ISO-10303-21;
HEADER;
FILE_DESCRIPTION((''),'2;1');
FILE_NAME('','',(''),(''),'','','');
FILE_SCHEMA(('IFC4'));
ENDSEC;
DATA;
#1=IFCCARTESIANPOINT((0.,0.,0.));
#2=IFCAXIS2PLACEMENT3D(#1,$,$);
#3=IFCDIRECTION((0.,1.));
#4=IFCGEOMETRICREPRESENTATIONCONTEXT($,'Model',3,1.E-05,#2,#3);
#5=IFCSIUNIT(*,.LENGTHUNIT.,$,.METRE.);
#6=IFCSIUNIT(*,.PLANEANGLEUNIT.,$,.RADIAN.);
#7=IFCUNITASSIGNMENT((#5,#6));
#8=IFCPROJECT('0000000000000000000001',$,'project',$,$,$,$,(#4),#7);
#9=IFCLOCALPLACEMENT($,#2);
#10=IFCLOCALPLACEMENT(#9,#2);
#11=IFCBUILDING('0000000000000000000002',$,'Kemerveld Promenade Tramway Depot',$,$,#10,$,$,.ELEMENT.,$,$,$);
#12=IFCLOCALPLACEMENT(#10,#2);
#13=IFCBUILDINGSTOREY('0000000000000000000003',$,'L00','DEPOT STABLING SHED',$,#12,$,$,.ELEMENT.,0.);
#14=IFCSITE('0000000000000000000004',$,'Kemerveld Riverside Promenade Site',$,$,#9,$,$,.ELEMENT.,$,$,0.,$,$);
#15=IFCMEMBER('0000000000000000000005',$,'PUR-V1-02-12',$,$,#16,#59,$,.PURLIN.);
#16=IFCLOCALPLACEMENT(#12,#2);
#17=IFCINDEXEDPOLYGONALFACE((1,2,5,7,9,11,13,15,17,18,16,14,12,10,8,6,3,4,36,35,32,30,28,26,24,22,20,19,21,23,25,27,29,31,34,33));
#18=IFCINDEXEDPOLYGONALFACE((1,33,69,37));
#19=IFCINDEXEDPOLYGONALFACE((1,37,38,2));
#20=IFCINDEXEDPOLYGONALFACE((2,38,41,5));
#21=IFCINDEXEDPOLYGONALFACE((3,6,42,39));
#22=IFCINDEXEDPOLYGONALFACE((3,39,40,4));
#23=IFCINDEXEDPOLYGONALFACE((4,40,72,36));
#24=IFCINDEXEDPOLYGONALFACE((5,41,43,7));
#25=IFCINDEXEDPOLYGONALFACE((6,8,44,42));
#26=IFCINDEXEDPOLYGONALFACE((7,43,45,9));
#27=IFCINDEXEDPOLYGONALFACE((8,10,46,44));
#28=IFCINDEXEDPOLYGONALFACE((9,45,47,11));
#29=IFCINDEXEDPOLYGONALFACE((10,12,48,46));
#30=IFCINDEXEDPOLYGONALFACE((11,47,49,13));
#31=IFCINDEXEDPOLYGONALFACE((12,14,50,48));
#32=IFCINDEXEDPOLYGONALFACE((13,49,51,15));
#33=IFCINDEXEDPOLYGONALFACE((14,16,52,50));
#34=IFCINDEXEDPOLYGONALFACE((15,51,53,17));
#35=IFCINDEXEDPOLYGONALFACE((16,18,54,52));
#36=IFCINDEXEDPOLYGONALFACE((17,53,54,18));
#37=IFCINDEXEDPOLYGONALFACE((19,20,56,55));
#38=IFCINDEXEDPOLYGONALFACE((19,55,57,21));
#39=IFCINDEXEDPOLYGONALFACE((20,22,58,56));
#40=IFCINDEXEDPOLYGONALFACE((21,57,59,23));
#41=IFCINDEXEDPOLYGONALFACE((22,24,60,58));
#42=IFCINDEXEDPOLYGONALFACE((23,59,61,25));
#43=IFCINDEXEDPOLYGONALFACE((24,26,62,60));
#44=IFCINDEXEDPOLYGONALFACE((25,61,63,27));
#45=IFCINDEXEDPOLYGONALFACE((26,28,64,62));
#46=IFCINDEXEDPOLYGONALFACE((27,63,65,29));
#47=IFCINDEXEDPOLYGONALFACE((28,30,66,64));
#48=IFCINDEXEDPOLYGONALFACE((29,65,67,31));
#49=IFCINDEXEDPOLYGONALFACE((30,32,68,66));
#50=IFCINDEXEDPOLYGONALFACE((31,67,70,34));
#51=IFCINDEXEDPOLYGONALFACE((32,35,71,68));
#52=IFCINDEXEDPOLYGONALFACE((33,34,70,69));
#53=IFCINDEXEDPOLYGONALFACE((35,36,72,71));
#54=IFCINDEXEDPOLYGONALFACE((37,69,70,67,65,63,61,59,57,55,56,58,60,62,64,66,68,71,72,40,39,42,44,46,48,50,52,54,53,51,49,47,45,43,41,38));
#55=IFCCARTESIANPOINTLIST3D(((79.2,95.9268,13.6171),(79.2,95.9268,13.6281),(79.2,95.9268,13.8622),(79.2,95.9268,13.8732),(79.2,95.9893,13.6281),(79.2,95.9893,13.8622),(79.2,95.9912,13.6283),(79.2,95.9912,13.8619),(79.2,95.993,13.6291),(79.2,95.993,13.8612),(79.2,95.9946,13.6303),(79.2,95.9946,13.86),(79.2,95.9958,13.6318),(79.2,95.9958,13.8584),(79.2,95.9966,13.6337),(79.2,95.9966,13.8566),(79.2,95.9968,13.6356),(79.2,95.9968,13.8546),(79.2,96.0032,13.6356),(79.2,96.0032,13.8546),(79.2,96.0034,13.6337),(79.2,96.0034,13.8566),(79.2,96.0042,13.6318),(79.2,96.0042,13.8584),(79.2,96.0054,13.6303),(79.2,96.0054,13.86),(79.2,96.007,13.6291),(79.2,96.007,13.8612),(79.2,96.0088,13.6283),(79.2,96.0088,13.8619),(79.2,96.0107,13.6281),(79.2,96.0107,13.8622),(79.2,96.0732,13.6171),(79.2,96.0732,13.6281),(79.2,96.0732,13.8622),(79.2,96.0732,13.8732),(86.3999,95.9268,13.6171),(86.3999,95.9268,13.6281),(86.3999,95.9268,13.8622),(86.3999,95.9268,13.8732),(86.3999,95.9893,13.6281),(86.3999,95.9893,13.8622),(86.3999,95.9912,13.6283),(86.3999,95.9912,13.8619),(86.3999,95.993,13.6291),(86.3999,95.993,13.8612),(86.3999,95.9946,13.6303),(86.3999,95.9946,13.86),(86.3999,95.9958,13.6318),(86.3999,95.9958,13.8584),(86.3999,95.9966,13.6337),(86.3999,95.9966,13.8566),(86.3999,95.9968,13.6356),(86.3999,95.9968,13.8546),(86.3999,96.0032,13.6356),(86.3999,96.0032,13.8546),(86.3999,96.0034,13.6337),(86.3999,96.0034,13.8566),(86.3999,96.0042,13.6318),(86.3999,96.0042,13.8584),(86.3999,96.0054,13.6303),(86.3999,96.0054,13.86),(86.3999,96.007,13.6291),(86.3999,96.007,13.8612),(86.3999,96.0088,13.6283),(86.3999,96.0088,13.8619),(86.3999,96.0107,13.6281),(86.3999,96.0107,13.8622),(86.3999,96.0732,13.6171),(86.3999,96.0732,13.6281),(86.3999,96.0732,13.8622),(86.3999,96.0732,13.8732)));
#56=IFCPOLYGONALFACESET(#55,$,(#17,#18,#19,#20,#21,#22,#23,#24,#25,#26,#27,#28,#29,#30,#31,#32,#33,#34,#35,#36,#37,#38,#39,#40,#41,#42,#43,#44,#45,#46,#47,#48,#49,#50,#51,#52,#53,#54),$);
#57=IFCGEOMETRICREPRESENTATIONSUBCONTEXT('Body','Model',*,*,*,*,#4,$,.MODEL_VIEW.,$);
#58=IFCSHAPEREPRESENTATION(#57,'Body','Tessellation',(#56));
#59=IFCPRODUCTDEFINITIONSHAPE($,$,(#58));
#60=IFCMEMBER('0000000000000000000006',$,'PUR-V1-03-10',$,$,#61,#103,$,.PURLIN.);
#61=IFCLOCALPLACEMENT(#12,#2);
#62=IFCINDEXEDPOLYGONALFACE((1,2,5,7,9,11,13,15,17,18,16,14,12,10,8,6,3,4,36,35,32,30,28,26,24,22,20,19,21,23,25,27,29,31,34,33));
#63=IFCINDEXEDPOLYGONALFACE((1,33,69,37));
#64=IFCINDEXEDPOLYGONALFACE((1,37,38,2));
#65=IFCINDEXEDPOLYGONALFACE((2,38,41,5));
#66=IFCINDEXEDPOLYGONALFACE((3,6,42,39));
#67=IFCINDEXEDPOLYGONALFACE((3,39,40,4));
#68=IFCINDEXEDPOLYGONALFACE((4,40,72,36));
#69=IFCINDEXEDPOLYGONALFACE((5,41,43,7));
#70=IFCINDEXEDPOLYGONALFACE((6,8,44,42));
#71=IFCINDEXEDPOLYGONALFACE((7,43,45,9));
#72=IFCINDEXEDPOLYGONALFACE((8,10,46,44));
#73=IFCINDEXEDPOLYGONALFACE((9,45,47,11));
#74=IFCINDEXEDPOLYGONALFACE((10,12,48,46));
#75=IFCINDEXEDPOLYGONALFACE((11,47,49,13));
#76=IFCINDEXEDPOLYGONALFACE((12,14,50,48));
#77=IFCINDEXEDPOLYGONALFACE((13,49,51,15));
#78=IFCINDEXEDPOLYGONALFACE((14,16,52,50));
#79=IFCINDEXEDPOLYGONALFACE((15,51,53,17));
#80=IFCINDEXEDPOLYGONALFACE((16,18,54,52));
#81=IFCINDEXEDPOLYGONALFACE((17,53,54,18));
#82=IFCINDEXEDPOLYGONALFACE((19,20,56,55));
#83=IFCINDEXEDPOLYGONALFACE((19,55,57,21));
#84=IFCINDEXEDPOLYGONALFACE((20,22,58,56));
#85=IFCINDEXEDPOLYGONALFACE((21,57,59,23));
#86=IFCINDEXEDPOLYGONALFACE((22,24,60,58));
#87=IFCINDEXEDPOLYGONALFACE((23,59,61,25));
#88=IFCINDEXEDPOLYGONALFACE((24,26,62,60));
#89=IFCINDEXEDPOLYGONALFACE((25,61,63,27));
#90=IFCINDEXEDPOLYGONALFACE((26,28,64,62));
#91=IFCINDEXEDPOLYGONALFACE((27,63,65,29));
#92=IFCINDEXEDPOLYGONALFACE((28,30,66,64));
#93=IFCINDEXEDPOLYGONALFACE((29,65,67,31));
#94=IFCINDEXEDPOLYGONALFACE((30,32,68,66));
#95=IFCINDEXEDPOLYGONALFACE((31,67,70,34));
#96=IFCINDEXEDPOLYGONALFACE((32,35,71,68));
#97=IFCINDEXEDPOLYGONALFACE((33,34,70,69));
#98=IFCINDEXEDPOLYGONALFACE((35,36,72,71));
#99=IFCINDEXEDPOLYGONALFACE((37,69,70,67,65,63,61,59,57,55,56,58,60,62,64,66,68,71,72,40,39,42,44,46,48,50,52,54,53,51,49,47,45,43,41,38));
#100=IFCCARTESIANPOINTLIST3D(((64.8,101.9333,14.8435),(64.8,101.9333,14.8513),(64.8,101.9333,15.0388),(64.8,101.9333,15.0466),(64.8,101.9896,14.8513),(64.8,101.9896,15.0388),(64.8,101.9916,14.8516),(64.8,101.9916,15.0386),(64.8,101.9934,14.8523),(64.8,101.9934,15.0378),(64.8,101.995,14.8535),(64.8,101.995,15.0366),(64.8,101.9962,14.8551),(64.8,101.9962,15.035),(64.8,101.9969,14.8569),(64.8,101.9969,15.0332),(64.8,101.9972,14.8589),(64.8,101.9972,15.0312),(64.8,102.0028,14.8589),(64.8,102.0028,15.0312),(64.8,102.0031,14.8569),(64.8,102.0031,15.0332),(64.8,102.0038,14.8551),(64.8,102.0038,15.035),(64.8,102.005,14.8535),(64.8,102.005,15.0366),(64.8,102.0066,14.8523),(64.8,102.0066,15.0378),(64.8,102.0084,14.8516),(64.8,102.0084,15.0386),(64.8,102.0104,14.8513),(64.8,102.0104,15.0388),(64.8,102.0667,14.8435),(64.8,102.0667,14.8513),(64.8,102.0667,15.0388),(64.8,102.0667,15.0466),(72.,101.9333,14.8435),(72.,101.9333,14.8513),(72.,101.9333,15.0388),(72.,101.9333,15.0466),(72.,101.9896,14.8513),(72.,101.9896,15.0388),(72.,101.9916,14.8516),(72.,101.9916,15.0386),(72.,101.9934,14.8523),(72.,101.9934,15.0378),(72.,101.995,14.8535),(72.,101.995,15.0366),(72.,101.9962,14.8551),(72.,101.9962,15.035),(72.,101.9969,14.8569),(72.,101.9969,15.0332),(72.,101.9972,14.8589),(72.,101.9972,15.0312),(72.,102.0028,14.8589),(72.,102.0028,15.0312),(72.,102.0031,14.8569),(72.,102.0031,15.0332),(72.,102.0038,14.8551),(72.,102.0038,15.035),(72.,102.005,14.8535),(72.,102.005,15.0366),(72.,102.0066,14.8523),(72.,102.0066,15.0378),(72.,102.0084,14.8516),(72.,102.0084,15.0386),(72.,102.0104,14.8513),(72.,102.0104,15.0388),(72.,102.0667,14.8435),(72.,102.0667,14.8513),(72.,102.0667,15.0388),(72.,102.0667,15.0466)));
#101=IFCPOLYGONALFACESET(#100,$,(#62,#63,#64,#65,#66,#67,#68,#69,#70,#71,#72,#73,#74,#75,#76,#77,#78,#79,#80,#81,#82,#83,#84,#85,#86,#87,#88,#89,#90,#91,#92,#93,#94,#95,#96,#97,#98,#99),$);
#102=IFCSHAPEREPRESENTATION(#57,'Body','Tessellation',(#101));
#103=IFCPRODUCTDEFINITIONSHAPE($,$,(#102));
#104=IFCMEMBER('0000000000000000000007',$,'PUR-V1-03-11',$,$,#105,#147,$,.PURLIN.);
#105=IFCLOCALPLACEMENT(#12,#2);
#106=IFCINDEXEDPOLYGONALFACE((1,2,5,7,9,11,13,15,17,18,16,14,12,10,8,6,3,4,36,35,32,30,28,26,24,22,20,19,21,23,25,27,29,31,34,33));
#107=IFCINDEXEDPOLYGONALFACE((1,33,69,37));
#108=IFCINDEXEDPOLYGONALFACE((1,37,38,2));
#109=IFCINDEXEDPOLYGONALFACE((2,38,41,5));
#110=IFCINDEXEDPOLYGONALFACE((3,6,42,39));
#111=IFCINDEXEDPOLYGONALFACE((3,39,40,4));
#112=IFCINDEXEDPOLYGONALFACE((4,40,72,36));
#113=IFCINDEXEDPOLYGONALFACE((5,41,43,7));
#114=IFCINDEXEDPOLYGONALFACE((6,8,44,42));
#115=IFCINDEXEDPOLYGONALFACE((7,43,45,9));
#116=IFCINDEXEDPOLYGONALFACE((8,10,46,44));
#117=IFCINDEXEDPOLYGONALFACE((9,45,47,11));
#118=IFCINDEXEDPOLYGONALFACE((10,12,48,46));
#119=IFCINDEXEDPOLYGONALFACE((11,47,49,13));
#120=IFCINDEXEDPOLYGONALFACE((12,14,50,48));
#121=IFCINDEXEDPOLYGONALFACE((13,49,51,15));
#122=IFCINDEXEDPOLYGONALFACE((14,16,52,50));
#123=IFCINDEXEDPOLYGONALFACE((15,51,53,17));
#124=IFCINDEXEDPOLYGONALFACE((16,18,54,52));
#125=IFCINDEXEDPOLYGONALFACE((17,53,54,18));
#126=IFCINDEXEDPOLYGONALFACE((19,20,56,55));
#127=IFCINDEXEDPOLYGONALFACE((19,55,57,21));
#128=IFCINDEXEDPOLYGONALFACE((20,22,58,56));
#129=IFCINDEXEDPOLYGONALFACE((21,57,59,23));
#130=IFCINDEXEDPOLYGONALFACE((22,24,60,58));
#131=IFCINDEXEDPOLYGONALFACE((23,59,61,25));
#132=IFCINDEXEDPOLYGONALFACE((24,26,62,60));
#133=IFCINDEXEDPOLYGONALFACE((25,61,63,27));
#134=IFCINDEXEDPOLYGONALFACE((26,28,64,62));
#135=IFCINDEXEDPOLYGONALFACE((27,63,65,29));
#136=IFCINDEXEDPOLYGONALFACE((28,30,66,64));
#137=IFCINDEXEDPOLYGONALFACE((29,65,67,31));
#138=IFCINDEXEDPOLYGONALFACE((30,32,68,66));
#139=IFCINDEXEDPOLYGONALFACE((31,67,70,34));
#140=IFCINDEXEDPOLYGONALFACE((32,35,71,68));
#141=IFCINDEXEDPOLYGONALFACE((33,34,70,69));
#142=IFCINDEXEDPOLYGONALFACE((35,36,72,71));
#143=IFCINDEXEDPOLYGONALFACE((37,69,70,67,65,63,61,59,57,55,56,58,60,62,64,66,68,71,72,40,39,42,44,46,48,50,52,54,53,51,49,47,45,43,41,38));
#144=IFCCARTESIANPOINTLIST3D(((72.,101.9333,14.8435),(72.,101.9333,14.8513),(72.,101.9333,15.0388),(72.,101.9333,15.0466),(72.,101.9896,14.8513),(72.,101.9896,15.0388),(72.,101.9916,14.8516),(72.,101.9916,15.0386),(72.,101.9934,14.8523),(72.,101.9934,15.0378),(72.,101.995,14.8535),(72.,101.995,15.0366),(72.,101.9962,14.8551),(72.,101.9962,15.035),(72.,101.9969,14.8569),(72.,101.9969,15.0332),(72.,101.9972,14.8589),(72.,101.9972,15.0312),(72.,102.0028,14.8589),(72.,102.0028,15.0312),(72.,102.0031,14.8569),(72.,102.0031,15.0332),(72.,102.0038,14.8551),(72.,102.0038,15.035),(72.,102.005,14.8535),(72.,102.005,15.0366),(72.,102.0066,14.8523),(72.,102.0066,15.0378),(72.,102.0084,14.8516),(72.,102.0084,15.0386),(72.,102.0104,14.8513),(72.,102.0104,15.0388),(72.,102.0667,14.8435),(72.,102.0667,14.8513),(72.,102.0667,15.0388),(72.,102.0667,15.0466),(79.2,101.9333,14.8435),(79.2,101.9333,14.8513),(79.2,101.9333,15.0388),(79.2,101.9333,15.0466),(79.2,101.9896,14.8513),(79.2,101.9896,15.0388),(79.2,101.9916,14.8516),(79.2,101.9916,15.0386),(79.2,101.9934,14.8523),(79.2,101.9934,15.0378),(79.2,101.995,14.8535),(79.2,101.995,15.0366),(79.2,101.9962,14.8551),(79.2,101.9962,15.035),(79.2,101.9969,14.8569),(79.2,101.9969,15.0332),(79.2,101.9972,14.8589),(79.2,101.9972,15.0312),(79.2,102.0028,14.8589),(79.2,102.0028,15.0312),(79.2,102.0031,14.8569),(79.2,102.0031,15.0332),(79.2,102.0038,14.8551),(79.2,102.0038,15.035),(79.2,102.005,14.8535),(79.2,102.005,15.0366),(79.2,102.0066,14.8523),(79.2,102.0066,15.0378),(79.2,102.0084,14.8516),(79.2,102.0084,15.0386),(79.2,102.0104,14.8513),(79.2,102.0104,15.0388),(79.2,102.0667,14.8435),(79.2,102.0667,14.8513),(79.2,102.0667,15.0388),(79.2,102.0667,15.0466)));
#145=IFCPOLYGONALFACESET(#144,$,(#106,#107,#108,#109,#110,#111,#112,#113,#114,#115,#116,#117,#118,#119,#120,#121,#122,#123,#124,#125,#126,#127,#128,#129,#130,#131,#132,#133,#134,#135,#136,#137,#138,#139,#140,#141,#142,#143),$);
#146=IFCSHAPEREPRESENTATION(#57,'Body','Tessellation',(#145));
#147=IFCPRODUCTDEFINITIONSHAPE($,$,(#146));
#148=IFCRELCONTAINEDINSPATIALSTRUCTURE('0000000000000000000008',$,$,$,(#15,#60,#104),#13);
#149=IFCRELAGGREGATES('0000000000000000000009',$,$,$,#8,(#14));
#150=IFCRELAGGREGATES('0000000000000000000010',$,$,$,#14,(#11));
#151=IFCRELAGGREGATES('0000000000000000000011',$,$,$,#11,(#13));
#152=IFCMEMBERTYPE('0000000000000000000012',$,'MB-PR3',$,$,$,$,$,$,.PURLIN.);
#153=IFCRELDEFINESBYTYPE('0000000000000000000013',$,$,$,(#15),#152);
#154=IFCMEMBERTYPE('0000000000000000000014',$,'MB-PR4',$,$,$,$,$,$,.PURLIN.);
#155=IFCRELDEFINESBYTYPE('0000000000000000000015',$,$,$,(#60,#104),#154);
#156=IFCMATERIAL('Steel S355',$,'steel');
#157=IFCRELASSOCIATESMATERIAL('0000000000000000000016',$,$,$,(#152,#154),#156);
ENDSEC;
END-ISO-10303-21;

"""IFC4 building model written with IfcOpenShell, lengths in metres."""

from ifc_helpers import new_model, si_unit, direction, frame, origin, origin_2d, place, context, subcontext, project, spatial, i_section, extrude, material, material_profile, profile_set, type_object, element, save


model = new_model("IFC4")

# Units and contexts
model_context = context("Model", 3, precision=1e-05, world=origin(), true_north=direction((0.0, 1.0)))
body_context = subcontext(model_context, "Body", "Model", "MODEL_VIEW")
ifc_project = project(units=[si_unit("LENGTHUNIT", "METRE"), si_unit("PLANEANGLEUNIT", "RADIAN")], contexts=[model_context])

# Site, building, storey
site_placement = place(None, origin())
site = spatial("IfcSite", under=ifc_project, at=site_placement, Name="Kemerveld Riverside Promenade Site", CompositionType="ELEMENT", RefElevation=0.0)
building_placement = place(site_placement, origin())
building = spatial("IfcBuilding", under=site, at=building_placement, Name="Kemerveld Promenade Tramway Depot", CompositionType="ELEMENT")
storey_placement = place(building_placement, origin())
storey = spatial("IfcBuildingStorey", under=building, at=storey_placement, Name="L00", Description="DEPOT STABLING SHED", CompositionType="ELEMENT", Elevation=0.0)

# Members
ifc_material_1 = material(Name="Steel S355", Category="steel")
ifc_material_profile_1 = material_profile(ifc_material_1, i_section(OverallWidth=0.1465, OverallDepth=0.2561, WebThickness=0.0063, FlangeThickness=0.011, FilletRadius=0.0076, at=origin_2d()), Name="254x146x37 UB")
ifc_profile_set_1 = profile_set([ifc_material_profile_1], Name="Steel S355")
member_type_1 = type_object("IfcMemberType", Name="MB-PR3", PredefinedType="PURLIN", material=ifc_profile_set_1)
member_1_placement = place(storey_placement, frame((79.2, 96.0, 13.7451), z_axis=(1.0, 0.0, 0.0), x_axis=(0.0, 1.0, 0.0)))
element("IfcMember", 1, at=member_1_placement, inside=storey, type_object=member_type_1, Name="PUR-V1-02-12", PredefinedType="PURLIN", context=body_context, shape_type="SweptSolid", body=[
    extrude(i_section(OverallWidth=0.1465, OverallDepth=0.2561, WebThickness=0.0063, FlangeThickness=0.011, FilletRadius=0.0076, at=origin_2d()), origin(), (0.0, 0.0, 1.0), 7.2),
])
ifc_material_profile_2 = material_profile(ifc_material_1, i_section(OverallWidth=0.1333, OverallDepth=0.2031, WebThickness=0.0056, FlangeThickness=0.0078, FilletRadius=0.0076, at=origin_2d()), Name="203x133x25 UB")
ifc_profile_set_2 = profile_set([ifc_material_profile_2], Name="Steel S355")
member_type_2 = type_object("IfcMemberType", Name="MB-PR4", PredefinedType="PURLIN", material=ifc_profile_set_2)
for number, where, z_axis, x_axis, name in (
    (2, (64.8, 102.0, 14.9451), (1.0, 0.0, 0.0), (0.0, 1.0, 0.0), "PUR-V1-03-10"),
    (3, (72.0, 102.0, 14.9451), (1.0, 0.0, 0.0), (0.0, 1.0, 0.0), "PUR-V1-03-11"),
):
    element("IfcMember", number, at=place(storey_placement, frame(where, z_axis=z_axis, x_axis=x_axis)), inside=storey, type_object=member_type_2, Name=name, PredefinedType="PURLIN", context=body_context, shape_type="SweptSolid", body=[
        extrude(i_section(OverallWidth=0.1333, OverallDepth=0.2031, WebThickness=0.0056, FlangeThickness=0.0078, FilletRadius=0.0076, at=origin_2d()), origin(), (0.0, 0.0, 1.0), 7.2),
    ])

save(model, "model.ifc")
